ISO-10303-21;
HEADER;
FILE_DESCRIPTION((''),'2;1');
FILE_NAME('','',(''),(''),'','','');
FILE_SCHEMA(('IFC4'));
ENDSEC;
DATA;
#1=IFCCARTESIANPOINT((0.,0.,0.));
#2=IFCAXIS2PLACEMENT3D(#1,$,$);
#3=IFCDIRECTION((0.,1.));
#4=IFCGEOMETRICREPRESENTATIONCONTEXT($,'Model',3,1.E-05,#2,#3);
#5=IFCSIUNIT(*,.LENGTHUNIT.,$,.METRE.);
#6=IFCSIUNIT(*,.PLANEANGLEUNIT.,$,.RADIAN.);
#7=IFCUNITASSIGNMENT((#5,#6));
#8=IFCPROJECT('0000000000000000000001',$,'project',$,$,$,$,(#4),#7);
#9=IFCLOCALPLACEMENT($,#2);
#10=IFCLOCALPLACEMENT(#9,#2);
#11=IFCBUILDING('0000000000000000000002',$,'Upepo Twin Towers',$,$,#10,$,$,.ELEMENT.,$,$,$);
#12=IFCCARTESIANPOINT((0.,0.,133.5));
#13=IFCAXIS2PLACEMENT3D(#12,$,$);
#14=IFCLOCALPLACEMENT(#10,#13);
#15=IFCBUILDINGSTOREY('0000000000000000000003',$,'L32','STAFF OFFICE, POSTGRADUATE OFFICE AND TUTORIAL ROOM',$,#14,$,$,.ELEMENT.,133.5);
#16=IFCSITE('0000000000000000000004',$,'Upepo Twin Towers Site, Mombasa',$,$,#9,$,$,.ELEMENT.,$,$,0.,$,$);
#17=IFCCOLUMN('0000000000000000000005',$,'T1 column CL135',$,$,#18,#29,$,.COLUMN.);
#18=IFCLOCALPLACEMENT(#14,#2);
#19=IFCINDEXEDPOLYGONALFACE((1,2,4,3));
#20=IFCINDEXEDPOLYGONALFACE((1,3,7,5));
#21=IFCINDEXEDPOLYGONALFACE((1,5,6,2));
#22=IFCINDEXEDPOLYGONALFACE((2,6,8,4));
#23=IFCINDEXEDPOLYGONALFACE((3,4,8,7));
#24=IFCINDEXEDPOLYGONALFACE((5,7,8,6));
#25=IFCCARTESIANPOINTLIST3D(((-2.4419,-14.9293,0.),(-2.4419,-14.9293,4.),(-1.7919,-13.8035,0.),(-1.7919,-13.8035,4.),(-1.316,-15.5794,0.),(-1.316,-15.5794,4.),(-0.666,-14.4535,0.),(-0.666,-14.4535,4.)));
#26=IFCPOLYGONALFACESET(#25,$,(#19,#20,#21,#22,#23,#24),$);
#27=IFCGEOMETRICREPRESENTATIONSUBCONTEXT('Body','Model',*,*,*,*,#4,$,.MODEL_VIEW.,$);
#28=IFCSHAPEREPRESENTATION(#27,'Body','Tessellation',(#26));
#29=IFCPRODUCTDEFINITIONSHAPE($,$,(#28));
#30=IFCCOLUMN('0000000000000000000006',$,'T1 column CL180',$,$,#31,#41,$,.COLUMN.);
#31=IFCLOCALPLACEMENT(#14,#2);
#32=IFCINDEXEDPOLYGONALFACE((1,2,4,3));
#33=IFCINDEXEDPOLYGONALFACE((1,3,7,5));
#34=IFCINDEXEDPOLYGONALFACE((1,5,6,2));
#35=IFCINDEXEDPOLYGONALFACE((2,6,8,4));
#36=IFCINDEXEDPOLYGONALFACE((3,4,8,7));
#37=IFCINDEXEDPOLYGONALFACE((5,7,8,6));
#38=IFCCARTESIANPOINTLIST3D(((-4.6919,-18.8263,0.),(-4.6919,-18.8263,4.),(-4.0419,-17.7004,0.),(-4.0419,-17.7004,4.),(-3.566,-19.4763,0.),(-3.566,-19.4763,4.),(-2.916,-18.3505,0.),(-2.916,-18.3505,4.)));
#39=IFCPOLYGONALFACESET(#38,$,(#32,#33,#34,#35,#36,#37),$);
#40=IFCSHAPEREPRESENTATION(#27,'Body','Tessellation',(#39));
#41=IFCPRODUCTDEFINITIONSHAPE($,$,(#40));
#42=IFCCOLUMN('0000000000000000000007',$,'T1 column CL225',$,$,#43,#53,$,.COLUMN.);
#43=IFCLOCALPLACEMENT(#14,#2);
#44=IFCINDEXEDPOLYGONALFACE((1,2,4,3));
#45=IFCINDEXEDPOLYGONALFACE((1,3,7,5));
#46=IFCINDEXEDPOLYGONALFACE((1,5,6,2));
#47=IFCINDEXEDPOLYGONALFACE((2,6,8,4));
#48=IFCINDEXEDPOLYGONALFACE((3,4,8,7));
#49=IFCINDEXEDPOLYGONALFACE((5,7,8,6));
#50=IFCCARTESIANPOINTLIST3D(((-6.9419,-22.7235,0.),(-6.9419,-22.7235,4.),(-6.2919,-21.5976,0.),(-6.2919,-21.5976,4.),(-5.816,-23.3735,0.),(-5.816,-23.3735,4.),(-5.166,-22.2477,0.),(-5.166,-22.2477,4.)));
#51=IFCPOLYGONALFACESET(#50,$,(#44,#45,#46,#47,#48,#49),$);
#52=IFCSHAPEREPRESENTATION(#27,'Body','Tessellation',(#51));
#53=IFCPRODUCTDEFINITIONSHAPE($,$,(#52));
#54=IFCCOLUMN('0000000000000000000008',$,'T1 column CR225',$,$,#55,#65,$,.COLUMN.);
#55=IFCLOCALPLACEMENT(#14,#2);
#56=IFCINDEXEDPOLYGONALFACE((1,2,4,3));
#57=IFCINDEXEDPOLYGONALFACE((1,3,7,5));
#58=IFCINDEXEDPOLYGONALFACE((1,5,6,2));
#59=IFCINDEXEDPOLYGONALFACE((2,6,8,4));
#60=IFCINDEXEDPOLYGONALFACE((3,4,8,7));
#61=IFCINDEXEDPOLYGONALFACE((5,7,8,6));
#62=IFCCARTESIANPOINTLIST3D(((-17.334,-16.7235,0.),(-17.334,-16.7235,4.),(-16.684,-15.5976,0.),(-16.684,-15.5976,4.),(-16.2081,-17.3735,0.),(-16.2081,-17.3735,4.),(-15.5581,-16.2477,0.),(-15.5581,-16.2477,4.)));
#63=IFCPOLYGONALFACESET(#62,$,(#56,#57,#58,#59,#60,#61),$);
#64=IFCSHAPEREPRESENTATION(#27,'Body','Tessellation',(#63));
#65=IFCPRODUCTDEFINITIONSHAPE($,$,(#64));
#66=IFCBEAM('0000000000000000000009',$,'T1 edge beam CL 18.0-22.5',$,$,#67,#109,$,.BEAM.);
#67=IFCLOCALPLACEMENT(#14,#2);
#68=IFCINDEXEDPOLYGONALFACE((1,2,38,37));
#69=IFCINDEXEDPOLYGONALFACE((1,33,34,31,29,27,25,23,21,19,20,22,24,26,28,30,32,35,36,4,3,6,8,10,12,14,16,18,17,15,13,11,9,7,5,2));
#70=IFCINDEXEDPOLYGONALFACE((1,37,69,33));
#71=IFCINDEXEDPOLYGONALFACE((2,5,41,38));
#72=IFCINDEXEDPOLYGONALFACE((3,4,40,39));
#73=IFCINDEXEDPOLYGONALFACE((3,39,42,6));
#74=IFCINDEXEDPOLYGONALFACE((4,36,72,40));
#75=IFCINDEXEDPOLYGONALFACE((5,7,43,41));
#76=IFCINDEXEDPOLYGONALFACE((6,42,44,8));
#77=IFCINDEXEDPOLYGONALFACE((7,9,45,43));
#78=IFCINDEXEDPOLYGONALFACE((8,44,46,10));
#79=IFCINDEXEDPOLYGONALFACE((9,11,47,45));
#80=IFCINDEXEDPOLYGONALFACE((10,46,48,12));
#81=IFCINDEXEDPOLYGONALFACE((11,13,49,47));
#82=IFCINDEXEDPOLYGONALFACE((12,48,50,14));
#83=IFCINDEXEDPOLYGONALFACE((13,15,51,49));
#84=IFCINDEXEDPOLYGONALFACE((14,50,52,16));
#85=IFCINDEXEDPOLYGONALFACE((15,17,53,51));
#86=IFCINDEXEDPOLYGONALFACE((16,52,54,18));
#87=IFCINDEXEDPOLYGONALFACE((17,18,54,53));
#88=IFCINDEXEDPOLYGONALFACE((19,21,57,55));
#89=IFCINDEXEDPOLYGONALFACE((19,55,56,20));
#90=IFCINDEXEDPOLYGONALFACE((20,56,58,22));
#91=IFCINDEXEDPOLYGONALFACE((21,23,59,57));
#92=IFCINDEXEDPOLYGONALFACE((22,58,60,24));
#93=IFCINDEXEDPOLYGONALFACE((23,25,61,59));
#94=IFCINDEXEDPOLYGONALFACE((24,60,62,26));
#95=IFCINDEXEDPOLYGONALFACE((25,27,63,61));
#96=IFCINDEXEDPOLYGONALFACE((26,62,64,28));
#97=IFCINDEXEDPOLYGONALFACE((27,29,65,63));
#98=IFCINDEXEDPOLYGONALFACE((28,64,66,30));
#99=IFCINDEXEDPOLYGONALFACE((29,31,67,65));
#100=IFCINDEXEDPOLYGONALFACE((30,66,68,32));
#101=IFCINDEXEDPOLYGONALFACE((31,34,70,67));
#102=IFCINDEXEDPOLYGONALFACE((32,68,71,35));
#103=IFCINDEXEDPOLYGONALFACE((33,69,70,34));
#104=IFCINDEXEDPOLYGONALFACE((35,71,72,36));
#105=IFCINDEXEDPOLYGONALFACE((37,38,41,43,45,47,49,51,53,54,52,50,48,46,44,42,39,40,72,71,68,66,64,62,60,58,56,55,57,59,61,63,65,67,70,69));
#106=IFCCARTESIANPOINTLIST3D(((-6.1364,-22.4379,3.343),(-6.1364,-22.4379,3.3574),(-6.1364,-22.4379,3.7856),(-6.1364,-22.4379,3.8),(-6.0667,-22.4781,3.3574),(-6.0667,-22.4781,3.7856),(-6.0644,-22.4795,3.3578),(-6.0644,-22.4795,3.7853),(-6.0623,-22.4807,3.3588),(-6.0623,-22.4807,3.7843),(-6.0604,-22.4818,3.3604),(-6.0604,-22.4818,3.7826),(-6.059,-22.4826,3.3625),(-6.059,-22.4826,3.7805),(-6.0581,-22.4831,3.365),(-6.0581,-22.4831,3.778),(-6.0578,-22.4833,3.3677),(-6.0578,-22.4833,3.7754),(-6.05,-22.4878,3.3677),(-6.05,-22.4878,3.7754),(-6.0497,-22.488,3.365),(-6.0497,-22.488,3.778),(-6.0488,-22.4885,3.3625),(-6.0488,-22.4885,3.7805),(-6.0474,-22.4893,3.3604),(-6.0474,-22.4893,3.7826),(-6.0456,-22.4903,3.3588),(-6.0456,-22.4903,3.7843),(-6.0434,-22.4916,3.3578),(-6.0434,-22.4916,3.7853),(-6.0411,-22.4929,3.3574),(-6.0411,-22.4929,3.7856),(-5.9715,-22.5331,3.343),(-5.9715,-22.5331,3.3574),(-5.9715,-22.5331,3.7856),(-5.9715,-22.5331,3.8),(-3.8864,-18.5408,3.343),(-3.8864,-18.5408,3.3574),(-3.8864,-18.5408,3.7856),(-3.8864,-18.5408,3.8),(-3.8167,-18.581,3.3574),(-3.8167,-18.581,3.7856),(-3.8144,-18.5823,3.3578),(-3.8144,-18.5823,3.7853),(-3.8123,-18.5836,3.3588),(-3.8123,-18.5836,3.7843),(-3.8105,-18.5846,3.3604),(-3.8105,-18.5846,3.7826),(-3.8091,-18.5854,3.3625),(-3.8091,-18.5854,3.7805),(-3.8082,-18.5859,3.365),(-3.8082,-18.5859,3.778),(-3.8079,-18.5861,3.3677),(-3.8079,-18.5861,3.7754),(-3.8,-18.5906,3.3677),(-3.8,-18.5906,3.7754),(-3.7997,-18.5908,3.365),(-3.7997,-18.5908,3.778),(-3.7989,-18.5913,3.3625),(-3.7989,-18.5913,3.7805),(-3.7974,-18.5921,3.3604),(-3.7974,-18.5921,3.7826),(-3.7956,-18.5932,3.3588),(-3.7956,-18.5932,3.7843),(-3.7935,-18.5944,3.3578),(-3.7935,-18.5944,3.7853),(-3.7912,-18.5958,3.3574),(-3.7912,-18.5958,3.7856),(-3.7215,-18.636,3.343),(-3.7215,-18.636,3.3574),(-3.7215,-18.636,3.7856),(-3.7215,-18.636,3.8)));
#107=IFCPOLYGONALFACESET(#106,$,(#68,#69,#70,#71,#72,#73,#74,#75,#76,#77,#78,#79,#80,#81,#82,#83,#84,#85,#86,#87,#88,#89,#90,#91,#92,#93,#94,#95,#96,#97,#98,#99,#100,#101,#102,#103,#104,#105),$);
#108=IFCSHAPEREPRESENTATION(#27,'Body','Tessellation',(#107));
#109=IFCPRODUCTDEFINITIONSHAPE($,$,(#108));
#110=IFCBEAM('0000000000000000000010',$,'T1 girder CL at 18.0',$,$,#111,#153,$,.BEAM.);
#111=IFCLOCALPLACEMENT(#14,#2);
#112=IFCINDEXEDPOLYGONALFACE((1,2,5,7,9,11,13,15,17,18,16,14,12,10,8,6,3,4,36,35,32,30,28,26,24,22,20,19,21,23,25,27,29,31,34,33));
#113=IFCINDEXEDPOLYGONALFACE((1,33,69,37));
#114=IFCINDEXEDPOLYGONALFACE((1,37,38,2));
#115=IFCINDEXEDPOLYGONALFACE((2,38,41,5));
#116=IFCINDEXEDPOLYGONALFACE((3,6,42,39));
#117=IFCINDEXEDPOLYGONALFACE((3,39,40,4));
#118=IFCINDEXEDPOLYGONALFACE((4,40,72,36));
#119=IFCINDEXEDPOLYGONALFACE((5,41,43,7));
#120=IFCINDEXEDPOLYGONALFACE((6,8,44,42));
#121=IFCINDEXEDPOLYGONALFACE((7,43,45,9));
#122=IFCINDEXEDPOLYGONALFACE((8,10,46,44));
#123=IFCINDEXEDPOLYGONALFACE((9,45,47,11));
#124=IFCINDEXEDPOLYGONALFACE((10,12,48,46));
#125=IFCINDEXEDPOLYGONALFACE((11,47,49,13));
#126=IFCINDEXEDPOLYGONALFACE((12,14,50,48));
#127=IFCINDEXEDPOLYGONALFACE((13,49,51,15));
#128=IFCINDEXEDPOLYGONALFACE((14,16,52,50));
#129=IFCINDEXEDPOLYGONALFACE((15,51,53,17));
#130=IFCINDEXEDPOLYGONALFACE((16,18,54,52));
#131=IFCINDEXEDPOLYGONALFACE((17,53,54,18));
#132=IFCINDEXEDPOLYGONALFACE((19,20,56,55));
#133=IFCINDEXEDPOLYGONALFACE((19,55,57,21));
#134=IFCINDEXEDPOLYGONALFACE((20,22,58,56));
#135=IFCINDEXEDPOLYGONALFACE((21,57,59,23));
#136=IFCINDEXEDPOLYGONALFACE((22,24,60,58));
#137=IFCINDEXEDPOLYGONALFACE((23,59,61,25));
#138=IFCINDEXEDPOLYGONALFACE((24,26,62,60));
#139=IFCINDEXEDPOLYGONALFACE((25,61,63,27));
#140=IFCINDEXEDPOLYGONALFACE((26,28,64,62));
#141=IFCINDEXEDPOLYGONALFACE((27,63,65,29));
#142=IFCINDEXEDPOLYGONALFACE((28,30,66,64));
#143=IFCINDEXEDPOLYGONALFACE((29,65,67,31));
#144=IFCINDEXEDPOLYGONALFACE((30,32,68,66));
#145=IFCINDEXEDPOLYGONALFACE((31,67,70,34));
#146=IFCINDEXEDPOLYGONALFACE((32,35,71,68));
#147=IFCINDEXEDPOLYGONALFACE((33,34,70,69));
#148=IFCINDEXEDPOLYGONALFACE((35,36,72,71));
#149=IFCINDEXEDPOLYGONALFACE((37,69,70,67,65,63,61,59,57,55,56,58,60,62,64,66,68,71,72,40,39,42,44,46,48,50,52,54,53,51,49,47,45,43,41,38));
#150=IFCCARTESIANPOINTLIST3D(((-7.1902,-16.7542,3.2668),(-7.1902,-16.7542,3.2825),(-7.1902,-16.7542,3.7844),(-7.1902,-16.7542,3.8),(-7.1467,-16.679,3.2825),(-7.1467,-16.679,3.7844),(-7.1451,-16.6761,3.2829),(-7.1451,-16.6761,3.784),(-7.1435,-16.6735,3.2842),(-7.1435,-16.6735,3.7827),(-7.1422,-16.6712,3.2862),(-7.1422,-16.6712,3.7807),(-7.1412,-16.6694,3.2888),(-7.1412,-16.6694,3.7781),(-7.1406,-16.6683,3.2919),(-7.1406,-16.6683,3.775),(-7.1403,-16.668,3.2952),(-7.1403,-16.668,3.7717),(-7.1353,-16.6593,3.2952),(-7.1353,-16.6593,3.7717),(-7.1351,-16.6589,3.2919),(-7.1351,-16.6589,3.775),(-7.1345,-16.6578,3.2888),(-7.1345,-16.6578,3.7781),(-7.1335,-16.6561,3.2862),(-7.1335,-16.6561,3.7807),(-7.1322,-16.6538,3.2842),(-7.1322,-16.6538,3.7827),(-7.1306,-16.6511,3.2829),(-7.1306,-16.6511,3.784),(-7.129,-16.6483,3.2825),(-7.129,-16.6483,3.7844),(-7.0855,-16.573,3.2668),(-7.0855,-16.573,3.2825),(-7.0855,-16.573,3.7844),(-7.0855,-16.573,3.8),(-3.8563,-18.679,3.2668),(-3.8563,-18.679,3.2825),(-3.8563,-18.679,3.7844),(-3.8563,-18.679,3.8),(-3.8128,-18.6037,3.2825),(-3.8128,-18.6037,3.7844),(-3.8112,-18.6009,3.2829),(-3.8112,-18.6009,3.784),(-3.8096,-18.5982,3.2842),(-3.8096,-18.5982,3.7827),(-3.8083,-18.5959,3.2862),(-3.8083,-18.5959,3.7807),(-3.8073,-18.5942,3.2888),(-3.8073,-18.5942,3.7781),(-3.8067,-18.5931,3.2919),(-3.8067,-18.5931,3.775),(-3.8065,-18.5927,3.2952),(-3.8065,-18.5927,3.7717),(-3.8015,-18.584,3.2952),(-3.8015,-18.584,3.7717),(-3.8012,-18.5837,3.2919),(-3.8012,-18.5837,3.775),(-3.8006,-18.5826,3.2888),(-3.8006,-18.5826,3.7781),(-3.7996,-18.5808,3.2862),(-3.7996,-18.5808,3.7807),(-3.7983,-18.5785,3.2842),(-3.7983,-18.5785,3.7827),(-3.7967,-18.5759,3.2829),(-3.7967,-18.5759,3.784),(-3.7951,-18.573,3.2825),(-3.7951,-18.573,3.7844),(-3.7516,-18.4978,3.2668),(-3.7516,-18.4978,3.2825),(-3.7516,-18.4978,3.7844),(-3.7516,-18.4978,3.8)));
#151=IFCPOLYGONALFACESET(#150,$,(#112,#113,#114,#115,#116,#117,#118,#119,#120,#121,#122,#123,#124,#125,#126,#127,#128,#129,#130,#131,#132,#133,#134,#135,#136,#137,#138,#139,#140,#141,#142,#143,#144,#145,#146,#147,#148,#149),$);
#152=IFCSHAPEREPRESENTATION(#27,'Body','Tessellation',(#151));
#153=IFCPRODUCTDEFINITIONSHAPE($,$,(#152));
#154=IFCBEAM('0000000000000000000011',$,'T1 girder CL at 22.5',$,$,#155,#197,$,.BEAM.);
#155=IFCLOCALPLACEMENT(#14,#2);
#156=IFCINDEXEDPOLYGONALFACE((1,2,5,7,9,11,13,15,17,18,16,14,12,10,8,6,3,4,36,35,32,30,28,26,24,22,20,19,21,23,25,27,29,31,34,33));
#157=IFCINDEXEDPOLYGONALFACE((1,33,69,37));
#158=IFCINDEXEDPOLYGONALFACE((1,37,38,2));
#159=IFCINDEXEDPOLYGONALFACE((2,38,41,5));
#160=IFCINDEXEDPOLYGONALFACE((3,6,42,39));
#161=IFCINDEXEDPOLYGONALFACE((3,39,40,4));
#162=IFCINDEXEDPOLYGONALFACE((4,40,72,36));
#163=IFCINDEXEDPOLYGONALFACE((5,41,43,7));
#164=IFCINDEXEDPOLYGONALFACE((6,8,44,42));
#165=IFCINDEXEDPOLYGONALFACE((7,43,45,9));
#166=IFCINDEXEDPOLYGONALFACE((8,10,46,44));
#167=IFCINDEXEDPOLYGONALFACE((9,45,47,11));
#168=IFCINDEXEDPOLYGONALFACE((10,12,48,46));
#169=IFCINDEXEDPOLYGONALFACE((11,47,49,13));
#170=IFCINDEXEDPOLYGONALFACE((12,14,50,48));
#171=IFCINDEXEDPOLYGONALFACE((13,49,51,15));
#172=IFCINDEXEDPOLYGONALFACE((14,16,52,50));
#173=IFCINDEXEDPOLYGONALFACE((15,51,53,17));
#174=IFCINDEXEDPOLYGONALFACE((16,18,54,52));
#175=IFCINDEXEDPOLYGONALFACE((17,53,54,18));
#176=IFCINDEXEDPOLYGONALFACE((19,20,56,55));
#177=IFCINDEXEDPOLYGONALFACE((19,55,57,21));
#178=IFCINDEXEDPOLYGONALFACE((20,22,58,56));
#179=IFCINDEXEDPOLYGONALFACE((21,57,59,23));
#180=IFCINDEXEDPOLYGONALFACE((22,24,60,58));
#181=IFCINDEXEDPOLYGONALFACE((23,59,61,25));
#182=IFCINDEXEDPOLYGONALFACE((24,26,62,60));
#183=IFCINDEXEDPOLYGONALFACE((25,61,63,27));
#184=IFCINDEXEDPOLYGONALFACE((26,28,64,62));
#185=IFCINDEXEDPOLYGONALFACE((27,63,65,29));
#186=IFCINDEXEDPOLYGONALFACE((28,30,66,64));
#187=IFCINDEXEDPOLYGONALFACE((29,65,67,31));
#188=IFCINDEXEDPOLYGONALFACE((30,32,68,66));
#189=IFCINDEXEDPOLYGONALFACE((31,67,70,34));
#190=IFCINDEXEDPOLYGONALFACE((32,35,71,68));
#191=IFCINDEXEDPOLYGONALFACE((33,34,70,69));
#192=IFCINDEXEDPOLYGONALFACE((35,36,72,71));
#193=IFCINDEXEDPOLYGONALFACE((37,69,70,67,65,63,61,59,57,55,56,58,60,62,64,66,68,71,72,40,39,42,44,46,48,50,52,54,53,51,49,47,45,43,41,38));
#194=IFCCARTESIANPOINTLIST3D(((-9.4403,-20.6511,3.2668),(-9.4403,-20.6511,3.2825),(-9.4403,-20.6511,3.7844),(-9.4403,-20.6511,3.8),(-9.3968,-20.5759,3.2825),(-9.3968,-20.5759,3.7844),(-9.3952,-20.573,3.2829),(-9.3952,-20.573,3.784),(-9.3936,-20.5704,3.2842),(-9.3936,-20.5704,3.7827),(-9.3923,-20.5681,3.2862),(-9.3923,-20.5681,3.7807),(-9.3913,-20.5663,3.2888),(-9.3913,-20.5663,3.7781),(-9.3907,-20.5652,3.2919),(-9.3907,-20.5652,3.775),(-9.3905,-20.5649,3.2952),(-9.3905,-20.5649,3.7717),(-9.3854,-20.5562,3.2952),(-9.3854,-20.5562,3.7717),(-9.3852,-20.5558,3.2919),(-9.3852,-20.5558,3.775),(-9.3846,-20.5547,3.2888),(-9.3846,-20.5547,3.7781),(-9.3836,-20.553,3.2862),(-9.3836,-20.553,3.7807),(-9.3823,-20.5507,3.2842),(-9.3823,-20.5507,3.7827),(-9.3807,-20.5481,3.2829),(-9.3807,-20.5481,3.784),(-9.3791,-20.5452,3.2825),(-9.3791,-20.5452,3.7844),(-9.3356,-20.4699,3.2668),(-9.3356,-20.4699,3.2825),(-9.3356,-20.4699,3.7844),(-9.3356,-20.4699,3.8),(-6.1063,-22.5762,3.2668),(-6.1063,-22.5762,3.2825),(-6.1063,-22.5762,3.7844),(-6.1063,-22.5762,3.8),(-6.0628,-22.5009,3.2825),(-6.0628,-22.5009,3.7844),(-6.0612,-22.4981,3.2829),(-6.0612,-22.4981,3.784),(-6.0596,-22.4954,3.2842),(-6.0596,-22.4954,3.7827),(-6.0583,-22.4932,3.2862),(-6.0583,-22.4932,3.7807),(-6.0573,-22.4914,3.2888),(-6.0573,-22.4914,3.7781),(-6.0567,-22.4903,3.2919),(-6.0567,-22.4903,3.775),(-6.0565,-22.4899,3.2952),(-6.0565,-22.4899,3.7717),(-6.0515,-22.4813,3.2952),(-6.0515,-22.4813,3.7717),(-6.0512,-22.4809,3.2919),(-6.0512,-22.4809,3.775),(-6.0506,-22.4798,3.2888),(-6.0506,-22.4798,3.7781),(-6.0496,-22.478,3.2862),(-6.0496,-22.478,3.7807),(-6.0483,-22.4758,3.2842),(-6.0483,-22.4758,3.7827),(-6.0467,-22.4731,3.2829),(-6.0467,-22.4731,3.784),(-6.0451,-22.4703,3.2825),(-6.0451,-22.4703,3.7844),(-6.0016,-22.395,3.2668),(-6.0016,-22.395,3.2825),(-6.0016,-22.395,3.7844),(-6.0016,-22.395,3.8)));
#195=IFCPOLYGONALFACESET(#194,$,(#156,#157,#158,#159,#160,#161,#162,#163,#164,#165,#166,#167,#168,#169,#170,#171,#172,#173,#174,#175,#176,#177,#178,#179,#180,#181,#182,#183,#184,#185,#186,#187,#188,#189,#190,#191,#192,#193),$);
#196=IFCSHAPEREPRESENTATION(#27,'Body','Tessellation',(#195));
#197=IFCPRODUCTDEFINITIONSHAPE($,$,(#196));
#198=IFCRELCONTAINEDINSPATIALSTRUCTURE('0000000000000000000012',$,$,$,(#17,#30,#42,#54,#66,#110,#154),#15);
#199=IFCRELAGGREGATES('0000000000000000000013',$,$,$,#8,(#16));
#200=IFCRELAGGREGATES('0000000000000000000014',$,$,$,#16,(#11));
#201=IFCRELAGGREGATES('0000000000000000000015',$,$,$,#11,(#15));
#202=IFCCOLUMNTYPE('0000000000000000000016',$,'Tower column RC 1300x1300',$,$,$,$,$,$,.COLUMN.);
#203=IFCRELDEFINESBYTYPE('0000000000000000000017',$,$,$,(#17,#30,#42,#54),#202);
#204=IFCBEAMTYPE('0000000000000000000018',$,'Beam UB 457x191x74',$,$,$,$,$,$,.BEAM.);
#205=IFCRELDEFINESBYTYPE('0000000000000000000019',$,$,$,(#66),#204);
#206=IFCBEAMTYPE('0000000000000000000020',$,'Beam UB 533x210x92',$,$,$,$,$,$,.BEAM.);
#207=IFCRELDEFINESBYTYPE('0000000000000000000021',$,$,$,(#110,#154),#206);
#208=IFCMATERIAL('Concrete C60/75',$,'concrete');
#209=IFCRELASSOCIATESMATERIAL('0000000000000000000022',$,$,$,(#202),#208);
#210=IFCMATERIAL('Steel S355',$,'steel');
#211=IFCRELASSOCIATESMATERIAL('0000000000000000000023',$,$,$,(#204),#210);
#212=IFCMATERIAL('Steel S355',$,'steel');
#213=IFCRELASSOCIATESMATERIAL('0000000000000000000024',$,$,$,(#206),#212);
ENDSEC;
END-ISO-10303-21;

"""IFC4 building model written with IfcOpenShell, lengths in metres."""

from ifc_helpers import new_model, si_unit, direction, frame, origin, origin_2d, place, context, subcontext, project, spatial, rectangle, i_section, extrude, material, material_profile, profile_set, type_object, element, save


model = new_model("IFC4")

# Units and contexts
model_context = context("Model", 3, precision=1e-05, world=origin(), true_north=direction((0.0, 1.0)))
body_context = subcontext(model_context, "Body", "Model", "MODEL_VIEW")
ifc_project = project(units=[si_unit("LENGTHUNIT", "METRE"), si_unit("PLANEANGLEUNIT", "RADIAN")], contexts=[model_context])

# Site, building, storey
site_placement = place(None, origin())
site = spatial("IfcSite", under=ifc_project, at=site_placement, Name="Upepo Twin Towers Site, Mombasa", CompositionType="ELEMENT", RefElevation=0.0)
building_placement = place(site_placement, origin())
building = spatial("IfcBuilding", under=site, at=building_placement, Name="Upepo Twin Towers", CompositionType="ELEMENT")
storey_placement = place(building_placement, frame((0.0, 0.0, 133.5)))
storey = spatial("IfcBuildingStorey", under=building, at=storey_placement, Name="L32", Description="STAFF OFFICE, POSTGRADUATE OFFICE AND TUTORIAL ROOM", CompositionType="ELEMENT", Elevation=133.5)

# Columns
ifc_material_1 = material(Name="Concrete C60/75", Category="concrete")
ifc_material_profile_1 = material_profile(ifc_material_1, rectangle(XDim=1.3, YDim=1.3, at=origin_2d()), Name="RC 1300x1300")
ifc_profile_set_1 = profile_set([ifc_material_profile_1], Name="Concrete C60/75")
column_type = type_object("IfcColumnType", Name="Tower column RC 1300x1300", PredefinedType="COLUMN", material=ifc_profile_set_1)
for number, where, z_axis, x_axis, name in (
    (1, (-1.554, -14.6914, 0.0), (0.0, 0.0, 1.0), (0.5, 0.866025, 0.0), "T1 column CL135"),
    (2, (-3.804, -18.5884, 0.0), (0.0, 0.0, 1.0), (0.5, 0.866025, 0.0), "T1 column CL180"),
    (3, (-6.054, -22.4856, 0.0), (0.0, 0.0, 1.0), (0.5, 0.866025, 0.0), "T1 column CL225"),
    (4, (-16.446, -16.4856, 0.0), (0.0, 0.0, 1.0), (0.5, 0.866025, 0.0), "T1 column CR225"),
):
    element("IfcColumn", number, at=place(storey_placement, frame(where, z_axis=z_axis, x_axis=x_axis)), inside=storey, type_object=column_type, Name=name, PredefinedType="COLUMN", context=body_context, shape_type="SweptSolid", body=[
        extrude(rectangle(XDim=1.3, YDim=1.3, at=origin_2d()), origin(), (0.0, 0.0, 1.0), 4.0),
    ])

# Beams
ifc_material_2 = material(Name="Steel S355", Category="steel")
ifc_material_profile_2 = material_profile(ifc_material_2, i_section(OverallWidth=0.1904, OverallDepth=0.457, WebThickness=0.009, FlangeThickness=0.0144, FilletRadius=0.0103, at=origin_2d()), Name="UB 457x191x74")
ifc_profile_set_2 = profile_set([ifc_material_profile_2], Name="Steel S355")
beam_type_1 = type_object("IfcBeamType", Name="Beam UB 457x191x74", PredefinedType="BEAM", material=ifc_profile_set_2)
beam_1_placement = place(storey_placement, frame((-3.804, -18.5884, 3.5715), z_axis=(-0.49999, -0.866031, 0.0), x_axis=(0.866031, -0.49999, 0.0)))
element("IfcBeam", 5, at=beam_1_placement, inside=storey, type_object=beam_type_1, Name="T1 edge beam CL 18.0-22.5", PredefinedType="BEAM", context=body_context, shape_type="SweptSolid", body=[
    extrude(i_section(OverallWidth=0.1904, OverallDepth=0.457, WebThickness=0.009, FlangeThickness=0.0144, FilletRadius=0.0103, at=origin_2d()), origin(), (0.0, 0.0, 1.0), 4.5),
])
ifc_material_3 = material(Name="Steel S355", Category="steel")
ifc_material_profile_3 = material_profile(ifc_material_3, i_section(OverallWidth=0.2092, OverallDepth=0.5332, WebThickness=0.01, FlangeThickness=0.0156, FilletRadius=0.0127, at=origin_2d()), Name="UB 533x210x92")
ifc_profile_set_3 = profile_set([ifc_material_profile_3], Name="Steel S355")
beam_type_2 = type_object("IfcBeamType", Name="Beam UB 533x210x92", PredefinedType="BEAM", material=ifc_profile_set_3)
beam_2_placement = place(storey_placement, frame((-3.804, -18.5884, 3.5334), z_axis=(-0.866034, 0.499986, 0.0), x_axis=(-0.499986, -0.866034, 0.0)))
element("IfcBeam", 6, at=beam_2_placement, inside=storey, type_object=beam_type_2, Name="T1 girder CL at 18.0", PredefinedType="BEAM", context=body_context, shape_type="SweptSolid", body=[
    extrude(i_section(OverallWidth=0.2092, OverallDepth=0.5332, WebThickness=0.01, FlangeThickness=0.0156, FilletRadius=0.0127, at=origin_2d()), origin(), (0.0, 0.0, 1.0), 3.8496),
])
for number, where, z_axis, x_axis, name in (
    (7, (-6.054, -22.4856, 3.5334), (-0.866006, 0.500034, 0.0), (-0.500034, -0.866006, 0.0), "T1 girder CL at 22.5"),
):
    element("IfcBeam", number, at=place(storey_placement, frame(where, z_axis=z_axis, x_axis=x_axis)), inside=storey, type_object=beam_type_2, Name=name, PredefinedType="BEAM", context=body_context, shape_type="SweptSolid", body=[
        extrude(i_section(OverallWidth=0.2092, OverallDepth=0.5332, WebThickness=0.01, FlangeThickness=0.0156, FilletRadius=0.0127, at=origin_2d()), origin(), (0.0, 0.0, 1.0), 3.8499),
    ])

save(model, "model.ifc")
